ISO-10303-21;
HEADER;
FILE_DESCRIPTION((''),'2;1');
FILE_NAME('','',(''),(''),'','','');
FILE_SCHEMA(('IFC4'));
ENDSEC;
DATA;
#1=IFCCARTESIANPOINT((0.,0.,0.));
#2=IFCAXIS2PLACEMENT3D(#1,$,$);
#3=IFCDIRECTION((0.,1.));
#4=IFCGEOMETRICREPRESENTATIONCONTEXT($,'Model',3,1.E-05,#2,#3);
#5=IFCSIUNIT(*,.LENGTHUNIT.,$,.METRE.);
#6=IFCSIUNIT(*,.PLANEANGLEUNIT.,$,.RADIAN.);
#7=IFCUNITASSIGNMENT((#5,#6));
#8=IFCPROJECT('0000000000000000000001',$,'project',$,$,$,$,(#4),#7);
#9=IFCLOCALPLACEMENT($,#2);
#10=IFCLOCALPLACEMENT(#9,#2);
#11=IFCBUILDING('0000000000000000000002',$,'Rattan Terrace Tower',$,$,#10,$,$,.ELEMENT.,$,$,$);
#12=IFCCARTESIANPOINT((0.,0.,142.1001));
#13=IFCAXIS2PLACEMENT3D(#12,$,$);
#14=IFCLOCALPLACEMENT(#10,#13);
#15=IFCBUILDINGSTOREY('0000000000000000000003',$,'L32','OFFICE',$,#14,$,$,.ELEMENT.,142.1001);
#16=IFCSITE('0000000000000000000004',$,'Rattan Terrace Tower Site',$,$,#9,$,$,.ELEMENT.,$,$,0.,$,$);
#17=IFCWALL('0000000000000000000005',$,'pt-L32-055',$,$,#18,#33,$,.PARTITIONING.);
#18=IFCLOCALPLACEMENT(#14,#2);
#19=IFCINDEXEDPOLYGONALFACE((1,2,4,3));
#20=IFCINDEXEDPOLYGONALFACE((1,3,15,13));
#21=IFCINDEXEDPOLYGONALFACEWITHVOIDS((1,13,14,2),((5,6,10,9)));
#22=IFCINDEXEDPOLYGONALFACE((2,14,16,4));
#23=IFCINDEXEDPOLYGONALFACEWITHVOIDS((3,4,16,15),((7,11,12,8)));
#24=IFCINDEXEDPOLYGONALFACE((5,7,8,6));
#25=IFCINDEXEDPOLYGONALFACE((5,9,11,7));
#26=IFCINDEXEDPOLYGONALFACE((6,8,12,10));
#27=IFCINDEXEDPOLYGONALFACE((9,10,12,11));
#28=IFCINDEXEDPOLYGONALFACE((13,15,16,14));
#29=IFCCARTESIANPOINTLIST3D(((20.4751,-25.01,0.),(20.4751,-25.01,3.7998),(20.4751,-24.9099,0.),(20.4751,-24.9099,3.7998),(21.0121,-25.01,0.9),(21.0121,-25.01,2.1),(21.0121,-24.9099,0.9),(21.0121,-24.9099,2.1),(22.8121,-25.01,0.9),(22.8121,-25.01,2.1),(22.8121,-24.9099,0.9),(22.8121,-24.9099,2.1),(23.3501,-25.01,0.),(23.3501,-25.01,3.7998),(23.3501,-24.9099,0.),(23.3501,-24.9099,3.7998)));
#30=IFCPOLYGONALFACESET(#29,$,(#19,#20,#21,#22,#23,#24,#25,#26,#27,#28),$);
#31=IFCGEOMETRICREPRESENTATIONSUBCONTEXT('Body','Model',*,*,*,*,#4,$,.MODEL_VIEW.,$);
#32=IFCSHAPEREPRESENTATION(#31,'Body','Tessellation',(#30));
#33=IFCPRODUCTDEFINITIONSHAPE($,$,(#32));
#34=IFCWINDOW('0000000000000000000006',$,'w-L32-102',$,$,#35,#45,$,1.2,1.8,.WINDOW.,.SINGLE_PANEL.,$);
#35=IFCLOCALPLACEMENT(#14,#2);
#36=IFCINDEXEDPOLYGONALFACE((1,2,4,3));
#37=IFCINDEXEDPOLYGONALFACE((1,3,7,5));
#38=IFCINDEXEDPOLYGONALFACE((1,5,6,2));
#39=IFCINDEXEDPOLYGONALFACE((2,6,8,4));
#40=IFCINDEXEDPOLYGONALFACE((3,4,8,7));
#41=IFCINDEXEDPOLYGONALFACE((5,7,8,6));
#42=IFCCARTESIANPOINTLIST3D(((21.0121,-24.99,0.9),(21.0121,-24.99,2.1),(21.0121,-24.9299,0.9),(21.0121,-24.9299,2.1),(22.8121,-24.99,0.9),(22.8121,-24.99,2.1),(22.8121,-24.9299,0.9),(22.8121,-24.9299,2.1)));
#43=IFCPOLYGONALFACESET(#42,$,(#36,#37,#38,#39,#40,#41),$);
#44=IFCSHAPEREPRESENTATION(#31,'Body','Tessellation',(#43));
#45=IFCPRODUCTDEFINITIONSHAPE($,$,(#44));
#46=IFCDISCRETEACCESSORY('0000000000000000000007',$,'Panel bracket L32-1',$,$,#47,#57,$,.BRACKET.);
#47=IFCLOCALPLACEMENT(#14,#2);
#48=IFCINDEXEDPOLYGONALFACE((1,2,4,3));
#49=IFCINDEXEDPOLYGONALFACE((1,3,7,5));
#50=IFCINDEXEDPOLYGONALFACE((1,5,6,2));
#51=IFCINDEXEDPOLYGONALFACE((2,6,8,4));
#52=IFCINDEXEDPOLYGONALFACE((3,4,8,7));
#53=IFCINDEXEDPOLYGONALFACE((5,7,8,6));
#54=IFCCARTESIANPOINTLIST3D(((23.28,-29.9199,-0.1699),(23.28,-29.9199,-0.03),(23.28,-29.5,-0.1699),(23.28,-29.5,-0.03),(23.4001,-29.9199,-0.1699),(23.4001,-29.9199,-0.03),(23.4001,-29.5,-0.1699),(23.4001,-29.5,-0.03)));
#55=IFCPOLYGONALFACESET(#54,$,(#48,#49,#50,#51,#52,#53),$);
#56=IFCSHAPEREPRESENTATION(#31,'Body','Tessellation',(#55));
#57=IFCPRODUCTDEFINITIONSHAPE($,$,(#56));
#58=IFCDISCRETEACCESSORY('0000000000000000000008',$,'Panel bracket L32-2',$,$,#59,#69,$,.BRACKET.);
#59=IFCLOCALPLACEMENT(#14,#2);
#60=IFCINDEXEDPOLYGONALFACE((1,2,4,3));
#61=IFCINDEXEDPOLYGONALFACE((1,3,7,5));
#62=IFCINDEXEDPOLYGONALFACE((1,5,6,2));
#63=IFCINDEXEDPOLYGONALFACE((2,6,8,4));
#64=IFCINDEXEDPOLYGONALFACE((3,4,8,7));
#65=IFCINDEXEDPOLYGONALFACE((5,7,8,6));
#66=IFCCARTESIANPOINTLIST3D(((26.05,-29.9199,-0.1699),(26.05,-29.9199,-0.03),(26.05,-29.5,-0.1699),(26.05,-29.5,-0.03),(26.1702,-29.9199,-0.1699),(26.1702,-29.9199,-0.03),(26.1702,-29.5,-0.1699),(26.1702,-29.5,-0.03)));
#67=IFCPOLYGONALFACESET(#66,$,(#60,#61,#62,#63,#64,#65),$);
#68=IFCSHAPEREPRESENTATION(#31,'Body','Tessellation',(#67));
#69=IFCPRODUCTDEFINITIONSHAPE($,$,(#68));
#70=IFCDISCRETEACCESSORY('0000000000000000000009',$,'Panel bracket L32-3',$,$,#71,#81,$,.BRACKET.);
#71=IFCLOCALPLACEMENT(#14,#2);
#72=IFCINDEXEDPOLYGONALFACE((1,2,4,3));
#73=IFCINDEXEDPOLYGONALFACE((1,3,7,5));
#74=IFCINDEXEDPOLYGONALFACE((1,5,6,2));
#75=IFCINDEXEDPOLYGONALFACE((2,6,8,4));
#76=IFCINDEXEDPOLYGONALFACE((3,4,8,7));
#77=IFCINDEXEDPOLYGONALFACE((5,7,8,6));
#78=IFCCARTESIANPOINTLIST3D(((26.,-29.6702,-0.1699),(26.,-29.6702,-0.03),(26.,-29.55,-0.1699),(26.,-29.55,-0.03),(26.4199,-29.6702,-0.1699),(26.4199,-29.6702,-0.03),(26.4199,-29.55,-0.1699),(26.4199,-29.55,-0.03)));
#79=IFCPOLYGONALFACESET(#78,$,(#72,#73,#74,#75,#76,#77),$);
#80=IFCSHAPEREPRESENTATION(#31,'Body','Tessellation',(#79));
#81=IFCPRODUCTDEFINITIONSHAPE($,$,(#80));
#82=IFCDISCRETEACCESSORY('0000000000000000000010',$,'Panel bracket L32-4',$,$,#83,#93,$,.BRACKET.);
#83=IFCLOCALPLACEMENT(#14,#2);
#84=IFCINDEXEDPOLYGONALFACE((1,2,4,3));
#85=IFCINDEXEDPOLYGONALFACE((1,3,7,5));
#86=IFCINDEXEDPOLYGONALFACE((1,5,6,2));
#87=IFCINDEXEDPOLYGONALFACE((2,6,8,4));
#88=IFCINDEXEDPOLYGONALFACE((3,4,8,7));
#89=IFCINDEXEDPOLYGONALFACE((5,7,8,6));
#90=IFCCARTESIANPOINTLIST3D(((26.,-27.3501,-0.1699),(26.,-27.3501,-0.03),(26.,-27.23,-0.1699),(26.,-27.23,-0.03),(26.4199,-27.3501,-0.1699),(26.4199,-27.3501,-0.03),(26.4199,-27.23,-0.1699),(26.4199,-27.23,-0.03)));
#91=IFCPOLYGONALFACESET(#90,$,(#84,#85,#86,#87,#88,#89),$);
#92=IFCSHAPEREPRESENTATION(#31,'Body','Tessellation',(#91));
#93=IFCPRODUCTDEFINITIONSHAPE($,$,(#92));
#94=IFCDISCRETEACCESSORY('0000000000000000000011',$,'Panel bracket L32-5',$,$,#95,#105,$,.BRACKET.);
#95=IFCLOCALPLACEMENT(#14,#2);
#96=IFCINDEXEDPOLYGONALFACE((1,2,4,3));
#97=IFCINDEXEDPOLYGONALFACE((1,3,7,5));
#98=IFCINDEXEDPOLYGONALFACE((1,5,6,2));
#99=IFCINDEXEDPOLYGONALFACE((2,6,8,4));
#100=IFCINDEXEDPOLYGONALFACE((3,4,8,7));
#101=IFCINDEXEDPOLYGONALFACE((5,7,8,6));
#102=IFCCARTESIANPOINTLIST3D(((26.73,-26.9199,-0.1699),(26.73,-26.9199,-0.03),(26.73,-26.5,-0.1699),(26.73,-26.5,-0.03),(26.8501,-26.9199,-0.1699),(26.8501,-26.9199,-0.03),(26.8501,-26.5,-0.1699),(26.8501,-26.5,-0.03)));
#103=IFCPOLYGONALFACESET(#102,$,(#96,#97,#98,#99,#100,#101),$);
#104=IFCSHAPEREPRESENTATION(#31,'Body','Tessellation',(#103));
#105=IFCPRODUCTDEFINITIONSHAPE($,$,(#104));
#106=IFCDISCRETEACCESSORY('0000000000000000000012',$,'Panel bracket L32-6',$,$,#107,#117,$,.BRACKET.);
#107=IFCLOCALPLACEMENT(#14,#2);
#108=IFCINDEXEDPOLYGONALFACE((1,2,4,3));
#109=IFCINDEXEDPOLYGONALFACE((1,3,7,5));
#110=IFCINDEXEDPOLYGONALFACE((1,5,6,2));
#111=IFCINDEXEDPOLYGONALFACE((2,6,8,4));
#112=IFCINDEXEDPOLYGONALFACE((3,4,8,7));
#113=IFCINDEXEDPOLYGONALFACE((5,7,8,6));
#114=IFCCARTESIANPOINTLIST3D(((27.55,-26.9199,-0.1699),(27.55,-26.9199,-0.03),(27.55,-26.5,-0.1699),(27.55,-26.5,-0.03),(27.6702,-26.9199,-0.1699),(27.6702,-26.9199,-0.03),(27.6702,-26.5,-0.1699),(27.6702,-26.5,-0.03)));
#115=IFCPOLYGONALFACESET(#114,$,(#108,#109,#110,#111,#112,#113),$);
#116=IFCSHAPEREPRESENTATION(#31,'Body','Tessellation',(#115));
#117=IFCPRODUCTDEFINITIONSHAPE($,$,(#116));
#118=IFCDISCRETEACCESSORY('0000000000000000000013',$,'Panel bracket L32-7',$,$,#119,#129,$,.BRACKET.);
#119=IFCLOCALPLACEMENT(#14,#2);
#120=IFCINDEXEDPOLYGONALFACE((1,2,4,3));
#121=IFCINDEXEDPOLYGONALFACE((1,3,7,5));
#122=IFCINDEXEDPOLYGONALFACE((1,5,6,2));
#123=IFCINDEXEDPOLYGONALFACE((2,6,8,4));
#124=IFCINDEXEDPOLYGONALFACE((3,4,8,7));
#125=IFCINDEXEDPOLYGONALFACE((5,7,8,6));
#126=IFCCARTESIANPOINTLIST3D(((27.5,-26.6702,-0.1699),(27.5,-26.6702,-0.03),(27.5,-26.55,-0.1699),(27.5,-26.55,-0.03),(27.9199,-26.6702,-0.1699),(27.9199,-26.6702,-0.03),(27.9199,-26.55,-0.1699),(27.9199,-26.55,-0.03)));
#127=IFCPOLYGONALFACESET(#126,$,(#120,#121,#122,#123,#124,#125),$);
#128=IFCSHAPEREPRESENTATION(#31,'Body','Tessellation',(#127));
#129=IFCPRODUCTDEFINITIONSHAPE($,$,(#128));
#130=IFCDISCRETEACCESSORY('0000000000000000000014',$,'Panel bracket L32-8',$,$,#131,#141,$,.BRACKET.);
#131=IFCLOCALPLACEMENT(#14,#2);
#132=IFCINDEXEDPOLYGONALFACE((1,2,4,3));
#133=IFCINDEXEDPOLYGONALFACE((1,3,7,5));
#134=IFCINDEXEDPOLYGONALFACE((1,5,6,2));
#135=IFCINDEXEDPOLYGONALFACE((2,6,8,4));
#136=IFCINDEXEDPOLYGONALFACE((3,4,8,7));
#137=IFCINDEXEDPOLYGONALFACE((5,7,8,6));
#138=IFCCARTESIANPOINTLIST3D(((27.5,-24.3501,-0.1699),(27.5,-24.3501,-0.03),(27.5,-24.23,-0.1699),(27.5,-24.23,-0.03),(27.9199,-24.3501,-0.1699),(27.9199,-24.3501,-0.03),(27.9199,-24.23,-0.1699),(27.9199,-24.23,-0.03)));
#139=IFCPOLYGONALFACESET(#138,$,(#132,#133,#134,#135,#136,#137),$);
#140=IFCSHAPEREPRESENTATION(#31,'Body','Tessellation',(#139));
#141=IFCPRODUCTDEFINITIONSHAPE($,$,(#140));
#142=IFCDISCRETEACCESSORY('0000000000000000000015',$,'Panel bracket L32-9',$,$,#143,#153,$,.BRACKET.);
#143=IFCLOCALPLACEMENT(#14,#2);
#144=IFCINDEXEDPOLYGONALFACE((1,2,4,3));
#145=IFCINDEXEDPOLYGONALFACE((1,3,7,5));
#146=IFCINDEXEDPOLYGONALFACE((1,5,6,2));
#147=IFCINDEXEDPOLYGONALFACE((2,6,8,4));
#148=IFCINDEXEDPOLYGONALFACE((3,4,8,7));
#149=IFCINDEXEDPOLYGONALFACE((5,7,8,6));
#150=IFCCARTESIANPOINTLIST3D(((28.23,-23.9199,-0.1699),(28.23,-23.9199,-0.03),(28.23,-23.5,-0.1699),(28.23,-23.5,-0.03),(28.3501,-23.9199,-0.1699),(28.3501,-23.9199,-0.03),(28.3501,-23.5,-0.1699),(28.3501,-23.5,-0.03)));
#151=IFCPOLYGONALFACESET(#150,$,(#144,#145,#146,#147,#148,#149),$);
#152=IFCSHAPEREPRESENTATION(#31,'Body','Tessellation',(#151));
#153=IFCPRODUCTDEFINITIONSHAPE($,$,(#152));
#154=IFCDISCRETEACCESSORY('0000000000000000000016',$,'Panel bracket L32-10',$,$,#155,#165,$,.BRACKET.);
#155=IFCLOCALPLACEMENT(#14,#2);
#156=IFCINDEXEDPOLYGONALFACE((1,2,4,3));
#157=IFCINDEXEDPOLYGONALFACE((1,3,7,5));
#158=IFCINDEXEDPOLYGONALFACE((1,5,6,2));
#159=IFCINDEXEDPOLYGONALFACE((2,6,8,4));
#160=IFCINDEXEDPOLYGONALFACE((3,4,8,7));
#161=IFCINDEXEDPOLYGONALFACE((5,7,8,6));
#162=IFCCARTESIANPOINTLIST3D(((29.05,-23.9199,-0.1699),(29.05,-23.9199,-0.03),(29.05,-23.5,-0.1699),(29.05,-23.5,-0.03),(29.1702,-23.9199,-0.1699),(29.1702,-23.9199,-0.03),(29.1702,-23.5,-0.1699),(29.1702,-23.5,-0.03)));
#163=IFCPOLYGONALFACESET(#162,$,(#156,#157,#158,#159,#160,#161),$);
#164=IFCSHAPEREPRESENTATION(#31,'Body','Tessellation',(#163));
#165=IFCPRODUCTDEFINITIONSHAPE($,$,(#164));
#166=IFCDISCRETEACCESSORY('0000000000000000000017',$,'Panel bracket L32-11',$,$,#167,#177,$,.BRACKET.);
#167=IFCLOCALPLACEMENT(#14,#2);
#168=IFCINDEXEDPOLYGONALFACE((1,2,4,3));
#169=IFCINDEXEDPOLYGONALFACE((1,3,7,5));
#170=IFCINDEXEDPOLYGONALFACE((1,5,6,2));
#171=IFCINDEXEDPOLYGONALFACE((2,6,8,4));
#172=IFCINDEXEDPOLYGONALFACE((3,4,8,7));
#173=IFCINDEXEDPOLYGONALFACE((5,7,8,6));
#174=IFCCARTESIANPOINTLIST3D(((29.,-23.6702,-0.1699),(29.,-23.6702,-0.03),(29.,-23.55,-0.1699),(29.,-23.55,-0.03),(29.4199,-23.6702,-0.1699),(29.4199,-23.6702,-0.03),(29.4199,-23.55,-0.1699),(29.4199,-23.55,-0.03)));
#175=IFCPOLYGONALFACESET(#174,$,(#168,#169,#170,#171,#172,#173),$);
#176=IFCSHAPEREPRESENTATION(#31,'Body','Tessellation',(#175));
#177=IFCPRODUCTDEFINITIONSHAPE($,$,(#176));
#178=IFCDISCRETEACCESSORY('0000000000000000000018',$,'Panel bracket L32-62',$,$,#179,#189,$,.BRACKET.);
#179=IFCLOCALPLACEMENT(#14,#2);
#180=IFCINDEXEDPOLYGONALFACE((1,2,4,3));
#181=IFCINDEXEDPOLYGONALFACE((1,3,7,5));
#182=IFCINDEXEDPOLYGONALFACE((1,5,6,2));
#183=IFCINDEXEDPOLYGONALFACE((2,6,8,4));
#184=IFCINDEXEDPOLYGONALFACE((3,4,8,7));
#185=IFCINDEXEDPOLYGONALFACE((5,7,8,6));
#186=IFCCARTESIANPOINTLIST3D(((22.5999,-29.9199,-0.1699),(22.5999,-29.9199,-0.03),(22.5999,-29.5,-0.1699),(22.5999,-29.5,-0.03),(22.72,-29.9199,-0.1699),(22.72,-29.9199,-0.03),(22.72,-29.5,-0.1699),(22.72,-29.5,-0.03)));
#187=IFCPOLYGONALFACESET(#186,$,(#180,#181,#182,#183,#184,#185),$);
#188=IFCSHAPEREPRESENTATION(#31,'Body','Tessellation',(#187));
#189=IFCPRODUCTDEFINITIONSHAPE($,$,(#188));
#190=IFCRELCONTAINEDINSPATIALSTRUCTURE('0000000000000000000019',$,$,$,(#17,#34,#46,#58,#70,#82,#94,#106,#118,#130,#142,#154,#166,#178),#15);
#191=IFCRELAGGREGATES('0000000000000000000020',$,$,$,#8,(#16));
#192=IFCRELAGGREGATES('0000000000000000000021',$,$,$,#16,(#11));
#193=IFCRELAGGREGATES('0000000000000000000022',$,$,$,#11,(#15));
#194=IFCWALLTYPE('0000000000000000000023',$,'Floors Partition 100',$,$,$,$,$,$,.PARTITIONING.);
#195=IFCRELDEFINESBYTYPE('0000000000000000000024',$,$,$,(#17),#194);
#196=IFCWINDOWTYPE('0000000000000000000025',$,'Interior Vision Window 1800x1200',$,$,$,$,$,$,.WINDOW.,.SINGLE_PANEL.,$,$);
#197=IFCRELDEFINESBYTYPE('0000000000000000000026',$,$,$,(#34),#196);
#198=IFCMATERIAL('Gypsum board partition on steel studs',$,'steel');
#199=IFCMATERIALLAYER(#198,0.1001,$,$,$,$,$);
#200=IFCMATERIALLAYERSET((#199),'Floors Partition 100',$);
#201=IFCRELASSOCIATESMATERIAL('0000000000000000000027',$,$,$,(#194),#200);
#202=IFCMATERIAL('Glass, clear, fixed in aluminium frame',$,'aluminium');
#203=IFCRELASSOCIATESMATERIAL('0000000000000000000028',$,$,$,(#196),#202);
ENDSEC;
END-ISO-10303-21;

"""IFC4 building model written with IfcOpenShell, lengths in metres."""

from ifc_helpers import new_model, si_unit, direction, frame, frame_2d, origin, origin_2d, place, context, subcontext, project, spatial, rectangle, extrude, material, layer, layer_set, type_object, element, fill, save


model = new_model("IFC4")

# Units and contexts
model_context = context("Model", 3, precision=1e-05, world=origin(), true_north=direction((0.0, 1.0)))
body_context = subcontext(model_context, "Body", "Model", "MODEL_VIEW")
ifc_project = project(units=[si_unit("LENGTHUNIT", "METRE"), si_unit("PLANEANGLEUNIT", "RADIAN")], contexts=[model_context])

# Site, building, storey
site_placement = place(None, origin())
site = spatial("IfcSite", under=ifc_project, at=site_placement, Name="Rattan Terrace Tower Site", CompositionType="ELEMENT", RefElevation=0.0)
building_placement = place(site_placement, origin())
building = spatial("IfcBuilding", under=site, at=building_placement, Name="Rattan Terrace Tower", CompositionType="ELEMENT")
storey_placement = place(building_placement, frame((0.0, 0.0, 142.1001)))
storey = spatial("IfcBuildingStorey", under=building, at=storey_placement, Name="L32", Description="OFFICE", CompositionType="ELEMENT", Elevation=142.1001)

# Shared definitions
ifc_material_1 = material(Name="Gypsum board partition on steel studs", Category="steel")
ifc_layer_1 = layer(ifc_material_1, 0.1001)
ifc_layer_set_1 = layer_set([ifc_layer_1], Name="Floors Partition 100")
wall_type_1 = type_object("IfcWallType", Name="Floors Partition 100", PredefinedType="PARTITIONING", material=ifc_layer_set_1)

# Wall, opening, window
wall_1_placement = place(storey_placement, frame((20.4751, -24.96, 0.0), z_axis=(0.0, 0.0, 1.0), x_axis=(1.0, 0.0, 0.0)))
wall_1 = element("IfcWall", 1, at=wall_1_placement, inside=storey, type_object=wall_type_1, Name="pt-L32-055", PredefinedType="PARTITIONING", context=body_context, shape_type="SweptSolid", body=[
    extrude(rectangle(XDim=2.875, YDim=0.1001, at=frame_2d((1.4375, 0.0))), origin(), (0.0, 0.0, 1.0), 3.7998),
])
opening_1_placement = place(wall_1_placement, frame((0.5371, 0.0, 0.8999)))
opening_1 = element("IfcOpeningElement", 2, at=opening_1_placement, cuts=wall_1, PredefinedType="OPENING", context=body_context, shape_type="SweptSolid", body=[
    extrude(rectangle(XDim=1.8, YDim=1.2, at=frame_2d((0.8999, 0.6001))), frame((0.0, 0.0605, 0.0), z_axis=(0.0, -1.0, 0.0), x_axis=(1.0, 0.0, 0.0)), (0.0, 0.0, 1.0), 0.1211),
])
ifc_material_2 = material(Name="Glass, clear, fixed in aluminium frame", Category="aluminium")
window_type_1 = type_object("IfcWindowType", Name="Interior Vision Window 1800x1200", PartitioningType="SINGLE_PANEL", PredefinedType="WINDOW", material=ifc_material_2)
window_1_placement = place(opening_1_placement, origin())
window_1 = element("IfcWindow", 3, at=window_1_placement, inside=storey, type_object=window_type_1, Name="w-L32-102", OverallHeight=1.2, OverallWidth=1.8, PartitioningType="SINGLE_PANEL", PredefinedType="WINDOW", context=body_context, shape_type="SweptSolid", body=[
    extrude(rectangle(XDim=1.8, YDim=1.2, at=frame_2d((0.8999, 0.6001))), frame((0.0, 0.03, 0.0), z_axis=(0.0, -1.0, 0.0), x_axis=(1.0, 0.0, 0.0)), (0.0, 0.0, 1.0), 0.0601),
])
fill(opening_1, window_1)

# Discrete accessories
for number, where, z_axis, x_axis, name in (
    (4, (23.3401, -29.71, -0.1699), (0.0, 0.0, 1.0), (1.0, 0.0, 0.0), "Panel bracket L32-1"),
    (5, (26.1101, -29.71, -0.1699), (0.0, 0.0, 1.0), (1.0, 0.0, 0.0), "Panel bracket L32-2"),
    (6, (26.21, -29.6101, -0.1699), (0.0, 0.0, 1.0), (0.0, 1.0, 0.0), "Panel bracket L32-3"),
    (7, (26.21, -27.29, -0.1699), (0.0, 0.0, 1.0), (0.0, 1.0, 0.0), "Panel bracket L32-4"),
    (8, (26.79, -26.71, -0.1699), (0.0, 0.0, 1.0), (1.0, 0.0, 0.0), "Panel bracket L32-5"),
    (9, (27.6101, -26.71, -0.1699), (0.0, 0.0, 1.0), (1.0, 0.0, 0.0), "Panel bracket L32-6"),
    (10, (27.71, -26.6101, -0.1699), (0.0, 0.0, 1.0), (0.0, 1.0, 0.0), "Panel bracket L32-7"),
    (11, (27.71, -24.29, -0.1699), (0.0, 0.0, 1.0), (0.0, 1.0, 0.0), "Panel bracket L32-8"),
    (12, (28.29, -23.71, -0.1699), (0.0, 0.0, 1.0), (1.0, 0.0, 0.0), "Panel bracket L32-9"),
    (13, (29.1101, -23.71, -0.1699), (0.0, 0.0, 1.0), (1.0, 0.0, 0.0), "Panel bracket L32-10"),
    (14, (29.21, -23.6101, -0.1699), (0.0, 0.0, 1.0), (0.0, 1.0, 0.0), "Panel bracket L32-11"),
    (15, (22.6599, -29.71, -0.1699), (0.0, 0.0, 1.0), (1.0, 0.0, 0.0), "Panel bracket L32-62"),
):
    element("IfcDiscreteAccessory", number, at=place(storey_placement, frame(where, z_axis=z_axis, x_axis=x_axis)), inside=storey, Name=name, PredefinedType="BRACKET", context=body_context, shape_type="SweptSolid", body=[
        extrude(rectangle(XDim=0.1201, YDim=0.4199, at=origin_2d()), origin(), (0.0, 0.0, 1.0), 0.1399),
    ])

save(model, "model.ifc")
